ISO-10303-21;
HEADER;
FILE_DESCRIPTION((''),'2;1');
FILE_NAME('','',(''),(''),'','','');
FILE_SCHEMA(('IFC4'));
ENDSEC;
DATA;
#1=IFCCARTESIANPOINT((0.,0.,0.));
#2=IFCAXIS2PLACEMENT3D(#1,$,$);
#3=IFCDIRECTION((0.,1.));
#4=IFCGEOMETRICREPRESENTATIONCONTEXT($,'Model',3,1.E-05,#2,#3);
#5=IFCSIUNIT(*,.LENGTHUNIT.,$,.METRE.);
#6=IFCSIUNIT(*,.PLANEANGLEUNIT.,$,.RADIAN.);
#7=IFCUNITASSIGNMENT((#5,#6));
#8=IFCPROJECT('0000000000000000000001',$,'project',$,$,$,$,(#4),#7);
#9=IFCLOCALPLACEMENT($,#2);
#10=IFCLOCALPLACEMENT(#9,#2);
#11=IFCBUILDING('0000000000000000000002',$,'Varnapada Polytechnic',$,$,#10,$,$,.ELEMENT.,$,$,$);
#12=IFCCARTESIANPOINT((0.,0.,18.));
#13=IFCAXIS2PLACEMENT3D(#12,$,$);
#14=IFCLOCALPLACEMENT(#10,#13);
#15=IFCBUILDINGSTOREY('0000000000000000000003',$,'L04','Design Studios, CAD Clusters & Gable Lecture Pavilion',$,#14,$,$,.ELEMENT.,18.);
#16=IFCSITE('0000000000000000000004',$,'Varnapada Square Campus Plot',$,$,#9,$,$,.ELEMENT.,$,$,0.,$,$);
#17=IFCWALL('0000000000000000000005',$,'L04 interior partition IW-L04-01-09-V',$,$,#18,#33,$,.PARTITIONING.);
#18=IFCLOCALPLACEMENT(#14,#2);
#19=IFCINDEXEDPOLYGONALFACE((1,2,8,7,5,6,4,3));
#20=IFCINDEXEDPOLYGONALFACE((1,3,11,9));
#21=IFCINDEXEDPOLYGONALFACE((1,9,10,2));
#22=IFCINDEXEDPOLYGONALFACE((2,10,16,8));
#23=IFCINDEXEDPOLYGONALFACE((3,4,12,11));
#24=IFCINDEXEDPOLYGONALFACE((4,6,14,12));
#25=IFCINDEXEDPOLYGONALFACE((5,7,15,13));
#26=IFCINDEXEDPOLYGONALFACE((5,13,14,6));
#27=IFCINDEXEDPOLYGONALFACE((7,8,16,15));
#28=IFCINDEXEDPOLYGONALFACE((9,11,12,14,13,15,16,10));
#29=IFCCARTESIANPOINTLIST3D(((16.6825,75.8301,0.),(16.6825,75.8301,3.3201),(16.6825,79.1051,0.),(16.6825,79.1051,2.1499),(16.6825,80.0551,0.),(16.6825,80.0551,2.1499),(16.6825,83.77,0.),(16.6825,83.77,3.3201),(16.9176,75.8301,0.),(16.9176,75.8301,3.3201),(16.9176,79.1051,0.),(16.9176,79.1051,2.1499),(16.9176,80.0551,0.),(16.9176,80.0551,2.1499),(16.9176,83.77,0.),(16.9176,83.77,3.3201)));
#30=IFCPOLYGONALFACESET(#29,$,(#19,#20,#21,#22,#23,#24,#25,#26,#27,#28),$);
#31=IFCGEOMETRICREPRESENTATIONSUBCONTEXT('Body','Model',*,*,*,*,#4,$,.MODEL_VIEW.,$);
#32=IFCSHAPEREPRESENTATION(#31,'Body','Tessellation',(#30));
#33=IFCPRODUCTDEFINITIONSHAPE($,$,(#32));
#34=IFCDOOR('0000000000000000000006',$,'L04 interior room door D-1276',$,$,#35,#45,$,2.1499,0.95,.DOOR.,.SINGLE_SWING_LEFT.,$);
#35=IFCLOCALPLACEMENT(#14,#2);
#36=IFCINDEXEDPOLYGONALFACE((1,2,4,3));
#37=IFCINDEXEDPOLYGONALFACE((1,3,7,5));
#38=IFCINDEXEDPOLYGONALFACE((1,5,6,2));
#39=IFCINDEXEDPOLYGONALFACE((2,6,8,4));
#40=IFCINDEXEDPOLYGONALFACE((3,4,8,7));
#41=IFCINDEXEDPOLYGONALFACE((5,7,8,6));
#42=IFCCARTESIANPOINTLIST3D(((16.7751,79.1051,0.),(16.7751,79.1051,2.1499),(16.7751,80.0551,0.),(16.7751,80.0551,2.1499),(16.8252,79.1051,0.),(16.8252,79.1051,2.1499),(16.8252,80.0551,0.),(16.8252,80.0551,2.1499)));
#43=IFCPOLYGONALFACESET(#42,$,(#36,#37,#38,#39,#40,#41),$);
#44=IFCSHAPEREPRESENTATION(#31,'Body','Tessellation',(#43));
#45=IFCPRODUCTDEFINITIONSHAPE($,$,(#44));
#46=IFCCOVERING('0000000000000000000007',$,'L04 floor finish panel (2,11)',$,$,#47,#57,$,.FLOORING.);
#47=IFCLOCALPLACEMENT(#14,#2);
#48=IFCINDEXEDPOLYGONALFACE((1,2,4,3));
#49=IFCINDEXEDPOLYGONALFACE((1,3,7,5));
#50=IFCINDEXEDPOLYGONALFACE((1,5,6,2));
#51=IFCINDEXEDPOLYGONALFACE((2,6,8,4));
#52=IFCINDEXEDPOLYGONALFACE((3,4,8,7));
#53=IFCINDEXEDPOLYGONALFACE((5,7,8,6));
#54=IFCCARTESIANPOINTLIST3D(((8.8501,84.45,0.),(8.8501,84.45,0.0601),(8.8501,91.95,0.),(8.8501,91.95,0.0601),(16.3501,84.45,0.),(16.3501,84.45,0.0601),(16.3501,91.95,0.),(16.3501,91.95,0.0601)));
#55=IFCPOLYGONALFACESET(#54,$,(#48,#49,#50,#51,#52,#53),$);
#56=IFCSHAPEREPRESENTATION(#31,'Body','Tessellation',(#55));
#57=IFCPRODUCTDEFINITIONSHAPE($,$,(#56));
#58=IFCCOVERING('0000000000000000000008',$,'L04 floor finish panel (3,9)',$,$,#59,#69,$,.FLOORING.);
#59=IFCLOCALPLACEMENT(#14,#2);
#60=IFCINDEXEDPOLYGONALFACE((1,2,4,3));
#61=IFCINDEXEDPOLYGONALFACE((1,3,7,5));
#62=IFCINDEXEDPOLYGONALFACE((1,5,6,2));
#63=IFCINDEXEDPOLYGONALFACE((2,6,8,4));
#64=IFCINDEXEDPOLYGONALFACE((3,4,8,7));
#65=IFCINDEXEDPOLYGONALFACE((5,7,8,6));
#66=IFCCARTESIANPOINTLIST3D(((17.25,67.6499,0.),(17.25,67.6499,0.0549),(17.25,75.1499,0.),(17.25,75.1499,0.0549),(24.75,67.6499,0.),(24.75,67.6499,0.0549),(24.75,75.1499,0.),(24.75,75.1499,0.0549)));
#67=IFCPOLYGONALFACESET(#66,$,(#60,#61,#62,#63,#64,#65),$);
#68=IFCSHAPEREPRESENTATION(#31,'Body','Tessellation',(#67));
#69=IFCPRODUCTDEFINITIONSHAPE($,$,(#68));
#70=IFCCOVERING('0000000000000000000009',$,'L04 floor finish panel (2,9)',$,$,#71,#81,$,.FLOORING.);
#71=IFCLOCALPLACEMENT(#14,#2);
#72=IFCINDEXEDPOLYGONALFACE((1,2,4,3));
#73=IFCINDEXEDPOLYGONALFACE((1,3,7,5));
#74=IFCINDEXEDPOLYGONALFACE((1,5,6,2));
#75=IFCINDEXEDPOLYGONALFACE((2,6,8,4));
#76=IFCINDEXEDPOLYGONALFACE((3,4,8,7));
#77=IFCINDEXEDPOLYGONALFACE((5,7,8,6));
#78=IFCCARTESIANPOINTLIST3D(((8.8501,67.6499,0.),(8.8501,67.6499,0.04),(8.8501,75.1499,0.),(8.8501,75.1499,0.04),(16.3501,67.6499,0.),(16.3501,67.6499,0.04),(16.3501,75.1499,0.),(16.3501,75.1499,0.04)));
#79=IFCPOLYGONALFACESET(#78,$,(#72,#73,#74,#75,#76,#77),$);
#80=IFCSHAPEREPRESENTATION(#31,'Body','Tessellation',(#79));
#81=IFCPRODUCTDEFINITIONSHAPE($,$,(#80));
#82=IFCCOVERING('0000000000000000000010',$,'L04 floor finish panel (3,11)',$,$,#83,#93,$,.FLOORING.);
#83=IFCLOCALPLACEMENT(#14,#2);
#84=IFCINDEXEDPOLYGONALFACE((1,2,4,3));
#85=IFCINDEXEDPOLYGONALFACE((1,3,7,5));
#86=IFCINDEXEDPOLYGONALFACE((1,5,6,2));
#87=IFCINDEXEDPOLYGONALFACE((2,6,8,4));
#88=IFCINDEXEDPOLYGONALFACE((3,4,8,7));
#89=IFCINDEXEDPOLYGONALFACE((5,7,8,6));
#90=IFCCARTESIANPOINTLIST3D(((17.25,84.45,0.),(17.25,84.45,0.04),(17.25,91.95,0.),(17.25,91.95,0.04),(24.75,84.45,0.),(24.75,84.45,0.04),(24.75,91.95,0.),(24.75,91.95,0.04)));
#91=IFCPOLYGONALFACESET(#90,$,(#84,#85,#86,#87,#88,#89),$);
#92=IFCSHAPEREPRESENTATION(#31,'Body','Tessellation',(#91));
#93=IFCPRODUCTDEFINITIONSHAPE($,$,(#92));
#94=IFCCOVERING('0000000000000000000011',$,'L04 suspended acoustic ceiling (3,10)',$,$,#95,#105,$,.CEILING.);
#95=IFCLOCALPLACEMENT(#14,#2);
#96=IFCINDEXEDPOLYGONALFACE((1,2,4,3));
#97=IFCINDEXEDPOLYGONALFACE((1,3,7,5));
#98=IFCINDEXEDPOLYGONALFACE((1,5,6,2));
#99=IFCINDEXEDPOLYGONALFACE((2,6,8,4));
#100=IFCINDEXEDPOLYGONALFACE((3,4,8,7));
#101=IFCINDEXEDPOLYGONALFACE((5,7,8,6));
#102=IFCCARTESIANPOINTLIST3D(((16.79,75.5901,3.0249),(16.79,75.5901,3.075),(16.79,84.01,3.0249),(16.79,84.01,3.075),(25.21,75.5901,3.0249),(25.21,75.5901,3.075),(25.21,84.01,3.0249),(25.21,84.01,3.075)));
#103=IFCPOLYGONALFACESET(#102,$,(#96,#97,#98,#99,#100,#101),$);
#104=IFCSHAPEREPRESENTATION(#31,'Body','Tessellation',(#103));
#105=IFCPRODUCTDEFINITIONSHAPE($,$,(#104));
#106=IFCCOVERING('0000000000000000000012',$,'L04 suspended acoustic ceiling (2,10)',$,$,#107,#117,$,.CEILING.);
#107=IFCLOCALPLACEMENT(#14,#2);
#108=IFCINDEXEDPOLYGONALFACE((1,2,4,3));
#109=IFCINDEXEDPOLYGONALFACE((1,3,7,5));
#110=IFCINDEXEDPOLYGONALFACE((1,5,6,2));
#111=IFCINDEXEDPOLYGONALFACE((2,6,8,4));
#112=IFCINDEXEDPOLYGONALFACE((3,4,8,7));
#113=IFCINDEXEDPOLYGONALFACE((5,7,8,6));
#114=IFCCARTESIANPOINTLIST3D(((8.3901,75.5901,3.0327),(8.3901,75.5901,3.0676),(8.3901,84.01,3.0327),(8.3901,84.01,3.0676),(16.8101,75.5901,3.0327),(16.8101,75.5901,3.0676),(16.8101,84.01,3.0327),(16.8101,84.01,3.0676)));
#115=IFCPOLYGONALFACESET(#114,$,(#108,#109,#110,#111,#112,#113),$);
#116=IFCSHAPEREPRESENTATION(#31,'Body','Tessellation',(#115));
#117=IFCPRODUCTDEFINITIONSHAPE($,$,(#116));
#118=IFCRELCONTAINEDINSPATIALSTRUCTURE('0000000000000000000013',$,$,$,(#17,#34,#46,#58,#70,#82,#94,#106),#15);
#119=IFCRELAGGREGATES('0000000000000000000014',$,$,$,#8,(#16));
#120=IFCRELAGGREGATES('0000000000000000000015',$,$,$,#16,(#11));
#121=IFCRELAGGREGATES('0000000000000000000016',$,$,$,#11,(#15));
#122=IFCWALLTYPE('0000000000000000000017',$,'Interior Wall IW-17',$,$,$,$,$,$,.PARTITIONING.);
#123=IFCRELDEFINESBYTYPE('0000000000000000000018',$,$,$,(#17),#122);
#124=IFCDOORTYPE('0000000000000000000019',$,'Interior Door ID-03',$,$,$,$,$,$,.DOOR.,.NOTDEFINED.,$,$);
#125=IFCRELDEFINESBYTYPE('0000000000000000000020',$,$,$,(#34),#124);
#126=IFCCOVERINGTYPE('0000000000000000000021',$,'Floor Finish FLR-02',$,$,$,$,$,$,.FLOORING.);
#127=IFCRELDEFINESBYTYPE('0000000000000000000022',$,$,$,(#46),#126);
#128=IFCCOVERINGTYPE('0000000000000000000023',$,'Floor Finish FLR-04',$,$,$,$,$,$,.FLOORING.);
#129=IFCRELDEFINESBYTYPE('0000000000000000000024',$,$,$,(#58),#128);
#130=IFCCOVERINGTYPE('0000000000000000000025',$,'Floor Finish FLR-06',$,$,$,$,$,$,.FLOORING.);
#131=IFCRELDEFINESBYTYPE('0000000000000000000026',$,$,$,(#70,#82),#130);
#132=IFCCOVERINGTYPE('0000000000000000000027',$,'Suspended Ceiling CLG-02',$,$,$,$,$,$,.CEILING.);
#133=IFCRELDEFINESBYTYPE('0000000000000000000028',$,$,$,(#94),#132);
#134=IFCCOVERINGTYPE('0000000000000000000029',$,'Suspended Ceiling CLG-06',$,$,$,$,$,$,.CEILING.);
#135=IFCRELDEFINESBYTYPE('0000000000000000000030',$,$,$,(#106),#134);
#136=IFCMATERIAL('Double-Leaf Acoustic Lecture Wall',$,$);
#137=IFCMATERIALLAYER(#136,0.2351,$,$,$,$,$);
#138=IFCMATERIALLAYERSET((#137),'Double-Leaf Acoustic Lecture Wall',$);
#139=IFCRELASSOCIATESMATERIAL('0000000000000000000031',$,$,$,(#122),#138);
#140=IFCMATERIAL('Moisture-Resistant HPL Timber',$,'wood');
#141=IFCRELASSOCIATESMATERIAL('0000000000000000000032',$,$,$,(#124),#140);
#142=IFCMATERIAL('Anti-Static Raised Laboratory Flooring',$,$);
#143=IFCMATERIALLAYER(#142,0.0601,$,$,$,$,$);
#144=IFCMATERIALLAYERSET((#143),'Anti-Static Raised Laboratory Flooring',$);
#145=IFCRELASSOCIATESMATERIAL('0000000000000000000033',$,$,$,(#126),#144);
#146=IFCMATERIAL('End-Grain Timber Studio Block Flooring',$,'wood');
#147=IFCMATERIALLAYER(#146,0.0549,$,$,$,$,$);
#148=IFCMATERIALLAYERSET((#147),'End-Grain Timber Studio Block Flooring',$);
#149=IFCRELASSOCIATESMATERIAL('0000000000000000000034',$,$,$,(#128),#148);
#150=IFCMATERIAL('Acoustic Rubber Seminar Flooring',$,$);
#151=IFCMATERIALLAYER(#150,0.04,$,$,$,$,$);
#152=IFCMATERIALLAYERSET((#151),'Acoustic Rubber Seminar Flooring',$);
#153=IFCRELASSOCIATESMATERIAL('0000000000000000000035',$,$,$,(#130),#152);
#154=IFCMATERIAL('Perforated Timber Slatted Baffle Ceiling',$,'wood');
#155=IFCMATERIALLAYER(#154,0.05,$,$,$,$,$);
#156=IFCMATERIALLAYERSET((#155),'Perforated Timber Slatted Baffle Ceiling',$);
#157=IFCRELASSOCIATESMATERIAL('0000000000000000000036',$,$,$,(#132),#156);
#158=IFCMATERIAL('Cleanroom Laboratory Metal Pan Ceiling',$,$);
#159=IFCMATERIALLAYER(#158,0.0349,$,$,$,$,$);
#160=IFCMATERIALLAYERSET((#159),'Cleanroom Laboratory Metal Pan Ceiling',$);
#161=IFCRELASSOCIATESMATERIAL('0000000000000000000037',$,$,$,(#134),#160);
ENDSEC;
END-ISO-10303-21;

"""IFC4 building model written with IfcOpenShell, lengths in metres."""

from ifc_helpers import new_model, si_unit, direction, frame, frame_2d, origin, origin_2d, place, context, subcontext, project, spatial, rectangle, extrude, material, layer, layer_set, type_object, element, fill, save


model = new_model("IFC4")

# Units and contexts
model_context = context("Model", 3, precision=1e-05, world=origin(), true_north=direction((0.0, 1.0)))
body_context = subcontext(model_context, "Body", "Model", "MODEL_VIEW")
ifc_project = project(units=[si_unit("LENGTHUNIT", "METRE"), si_unit("PLANEANGLEUNIT", "RADIAN")], contexts=[model_context])

# Site, building, storey
site_placement = place(None, origin())
site = spatial("IfcSite", under=ifc_project, at=site_placement, Name="Varnapada Square Campus Plot", CompositionType="ELEMENT", RefElevation=0.0)
building_placement = place(site_placement, origin())
building = spatial("IfcBuilding", under=site, at=building_placement, Name="Varnapada Polytechnic", CompositionType="ELEMENT")
storey_placement = place(building_placement, frame((0.0, 0.0, 18.0)))
storey = spatial("IfcBuildingStorey", under=building, at=storey_placement, Name="L04", Description="Design Studios, CAD Clusters & Gable Lecture Pavilion", CompositionType="ELEMENT", Elevation=18.0)

# Shared definitions
ifc_material_1 = material(Name="Moisture-Resistant HPL Timber", Category="wood")

# Wall, opening, door
ifc_material_2 = material(Name="Double-Leaf Acoustic Lecture Wall")
ifc_layer_1 = layer(ifc_material_2, 0.2351)
ifc_layer_set_1 = layer_set([ifc_layer_1], Name="Double-Leaf Acoustic Lecture Wall")
wall_type_1 = type_object("IfcWallType", Name="Interior Wall IW-17", PredefinedType="PARTITIONING", material=ifc_layer_set_1)
wall_1_placement = place(storey_placement, frame((16.8, 75.8301, 0.0), z_axis=(0.0, 0.0, 1.0), x_axis=(0.0, 1.0, 0.0)))
wall_1 = element("IfcWall", 1, at=wall_1_placement, inside=storey, type_object=wall_type_1, Name="L04 interior partition IW-L04-01-09-V", PredefinedType="PARTITIONING", context=body_context, shape_type="SweptSolid", body=[
    extrude(rectangle(XDim=7.9399, YDim=0.2351, at=frame_2d((3.97, 0.0))), origin(), (0.0, 0.0, 1.0), 3.3201),
])
opening_1_placement = place(wall_1_placement, frame((3.2749, 0.0, 0.0)))
opening_1 = element("IfcOpeningElement", 2, at=opening_1_placement, cuts=wall_1, PredefinedType="OPENING", context=body_context, shape_type="SweptSolid", body=[
    extrude(rectangle(XDim=0.95, YDim=2.1499, at=frame_2d((0.4751, 1.075))), frame((0.0, 0.1274, 0.0), z_axis=(0.0, -1.0, 0.0), x_axis=(1.0, 0.0, 0.0)), (0.0, 0.0, 1.0), 0.2551),
])
door_type_1 = type_object("IfcDoorType", Name="Interior Door ID-03", OperationType="NOTDEFINED", PredefinedType="DOOR", material=ifc_material_1)
door_1_placement = place(opening_1_placement, origin())
door_1 = element("IfcDoor", 3, at=door_1_placement, inside=storey, type_object=door_type_1, Name="L04 interior room door D-1276", OperationType="SINGLE_SWING_LEFT", OverallHeight=2.1499, OverallWidth=0.95, PredefinedType="DOOR", context=body_context, shape_type="SweptSolid", body=[
    extrude(rectangle(XDim=0.95, YDim=2.1499, at=frame_2d((0.4751, 1.075))), frame((0.0, 0.0249, 0.0), z_axis=(0.0, -1.0, 0.0), x_axis=(1.0, 0.0, 0.0)), (0.0, 0.0, 1.0), 0.05),
])
fill(opening_1, door_1)

# Coverings
ifc_material_3 = material(Name="Anti-Static Raised Laboratory Flooring")
ifc_layer_2 = layer(ifc_material_3, 0.0601)
ifc_layer_set_2 = layer_set([ifc_layer_2], Name="Anti-Static Raised Laboratory Flooring")
covering_type_1 = type_object("IfcCoveringType", Name="Floor Finish FLR-02", PredefinedType="FLOORING", material=ifc_layer_set_2)
covering_1_placement = place(storey_placement, frame((12.6001, 88.2, 0.0), z_axis=(0.0, 0.0, 1.0), x_axis=(1.0, 0.0, 0.0)))
element("IfcCovering", 4, at=covering_1_placement, inside=storey, type_object=covering_type_1, Name="L04 floor finish panel (2,11)", PredefinedType="FLOORING", context=body_context, shape_type="SweptSolid", body=[
    extrude(rectangle(XDim=7.5, YDim=7.5, at=origin_2d()), origin(), (0.0, 0.0, 1.0), 0.0601),
])
ifc_material_4 = material(Name="End-Grain Timber Studio Block Flooring", Category="wood")
ifc_layer_3 = layer(ifc_material_4, 0.0549)
ifc_layer_set_3 = layer_set([ifc_layer_3], Name="End-Grain Timber Studio Block Flooring")
covering_type_2 = type_object("IfcCoveringType", Name="Floor Finish FLR-04", PredefinedType="FLOORING", material=ifc_layer_set_3)
covering_2_placement = place(storey_placement, frame((21.0, 71.3999, 0.0), z_axis=(0.0, 0.0, 1.0), x_axis=(1.0, 0.0, 0.0)))
element("IfcCovering", 5, at=covering_2_placement, inside=storey, type_object=covering_type_2, Name="L04 floor finish panel (3,9)", PredefinedType="FLOORING", context=body_context, shape_type="SweptSolid", body=[
    extrude(rectangle(XDim=7.5, YDim=7.5, at=origin_2d()), origin(), (0.0, 0.0, 1.0), 0.0549),
])
ifc_material_5 = material(Name="Acoustic Rubber Seminar Flooring")
ifc_layer_4 = layer(ifc_material_5, 0.04)
ifc_layer_set_4 = layer_set([ifc_layer_4], Name="Acoustic Rubber Seminar Flooring")
covering_type_3 = type_object("IfcCoveringType", Name="Floor Finish FLR-06", PredefinedType="FLOORING", material=ifc_layer_set_4)
for number, where, z_axis, x_axis, name in (
    (6, (12.6001, 71.3999, 0.0), (0.0, 0.0, 1.0), (1.0, 0.0, 0.0), "L04 floor finish panel (2,9)"),
    (7, (21.0, 88.2, 0.0), (0.0, 0.0, 1.0), (1.0, 0.0, 0.0), "L04 floor finish panel (3,11)"),
):
    element("IfcCovering", number, at=place(storey_placement, frame(where, z_axis=z_axis, x_axis=x_axis)), inside=storey, type_object=covering_type_3, Name=name, PredefinedType="FLOORING", context=body_context, shape_type="SweptSolid", body=[
        extrude(rectangle(XDim=7.5, YDim=7.5, at=origin_2d()), origin(), (0.0, 0.0, 1.0), 0.04),
    ])
ifc_material_6 = material(Name="Perforated Timber Slatted Baffle Ceiling", Category="wood")
ifc_layer_5 = layer(ifc_material_6, 0.05)
ifc_layer_set_5 = layer_set([ifc_layer_5], Name="Perforated Timber Slatted Baffle Ceiling")
covering_type_4 = type_object("IfcCoveringType", Name="Suspended Ceiling CLG-02", PredefinedType="CEILING", material=ifc_layer_set_5)
covering_3_placement = place(storey_placement, frame((21.0, 79.8, 3.0249), z_axis=(0.0, 0.0, 1.0), x_axis=(1.0, 0.0, 0.0)))
element("IfcCovering", 8, at=covering_3_placement, inside=storey, type_object=covering_type_4, Name="L04 suspended acoustic ceiling (3,10)", PredefinedType="CEILING", context=body_context, shape_type="SweptSolid", body=[
    extrude(rectangle(XDim=8.4199, YDim=8.4199, at=origin_2d()), origin(), (0.0, 0.0, 1.0), 0.05),
])
ifc_material_7 = material(Name="Cleanroom Laboratory Metal Pan Ceiling")
ifc_layer_6 = layer(ifc_material_7, 0.0349)
ifc_layer_set_6 = layer_set([ifc_layer_6], Name="Cleanroom Laboratory Metal Pan Ceiling")
covering_type_5 = type_object("IfcCoveringType", Name="Suspended Ceiling CLG-06", PredefinedType="CEILING", material=ifc_layer_set_6)
covering_4_placement = place(storey_placement, frame((12.6001, 79.8, 3.0327), z_axis=(0.0, 0.0, 1.0), x_axis=(1.0, 0.0, 0.0)))
element("IfcCovering", 9, at=covering_4_placement, inside=storey, type_object=covering_type_5, Name="L04 suspended acoustic ceiling (2,10)", PredefinedType="CEILING", context=body_context, shape_type="SweptSolid", body=[
    extrude(rectangle(XDim=8.4199, YDim=8.4199, at=origin_2d()), origin(), (0.0, 0.0, 1.0), 0.0349),
])

save(model, "model.ifc")
